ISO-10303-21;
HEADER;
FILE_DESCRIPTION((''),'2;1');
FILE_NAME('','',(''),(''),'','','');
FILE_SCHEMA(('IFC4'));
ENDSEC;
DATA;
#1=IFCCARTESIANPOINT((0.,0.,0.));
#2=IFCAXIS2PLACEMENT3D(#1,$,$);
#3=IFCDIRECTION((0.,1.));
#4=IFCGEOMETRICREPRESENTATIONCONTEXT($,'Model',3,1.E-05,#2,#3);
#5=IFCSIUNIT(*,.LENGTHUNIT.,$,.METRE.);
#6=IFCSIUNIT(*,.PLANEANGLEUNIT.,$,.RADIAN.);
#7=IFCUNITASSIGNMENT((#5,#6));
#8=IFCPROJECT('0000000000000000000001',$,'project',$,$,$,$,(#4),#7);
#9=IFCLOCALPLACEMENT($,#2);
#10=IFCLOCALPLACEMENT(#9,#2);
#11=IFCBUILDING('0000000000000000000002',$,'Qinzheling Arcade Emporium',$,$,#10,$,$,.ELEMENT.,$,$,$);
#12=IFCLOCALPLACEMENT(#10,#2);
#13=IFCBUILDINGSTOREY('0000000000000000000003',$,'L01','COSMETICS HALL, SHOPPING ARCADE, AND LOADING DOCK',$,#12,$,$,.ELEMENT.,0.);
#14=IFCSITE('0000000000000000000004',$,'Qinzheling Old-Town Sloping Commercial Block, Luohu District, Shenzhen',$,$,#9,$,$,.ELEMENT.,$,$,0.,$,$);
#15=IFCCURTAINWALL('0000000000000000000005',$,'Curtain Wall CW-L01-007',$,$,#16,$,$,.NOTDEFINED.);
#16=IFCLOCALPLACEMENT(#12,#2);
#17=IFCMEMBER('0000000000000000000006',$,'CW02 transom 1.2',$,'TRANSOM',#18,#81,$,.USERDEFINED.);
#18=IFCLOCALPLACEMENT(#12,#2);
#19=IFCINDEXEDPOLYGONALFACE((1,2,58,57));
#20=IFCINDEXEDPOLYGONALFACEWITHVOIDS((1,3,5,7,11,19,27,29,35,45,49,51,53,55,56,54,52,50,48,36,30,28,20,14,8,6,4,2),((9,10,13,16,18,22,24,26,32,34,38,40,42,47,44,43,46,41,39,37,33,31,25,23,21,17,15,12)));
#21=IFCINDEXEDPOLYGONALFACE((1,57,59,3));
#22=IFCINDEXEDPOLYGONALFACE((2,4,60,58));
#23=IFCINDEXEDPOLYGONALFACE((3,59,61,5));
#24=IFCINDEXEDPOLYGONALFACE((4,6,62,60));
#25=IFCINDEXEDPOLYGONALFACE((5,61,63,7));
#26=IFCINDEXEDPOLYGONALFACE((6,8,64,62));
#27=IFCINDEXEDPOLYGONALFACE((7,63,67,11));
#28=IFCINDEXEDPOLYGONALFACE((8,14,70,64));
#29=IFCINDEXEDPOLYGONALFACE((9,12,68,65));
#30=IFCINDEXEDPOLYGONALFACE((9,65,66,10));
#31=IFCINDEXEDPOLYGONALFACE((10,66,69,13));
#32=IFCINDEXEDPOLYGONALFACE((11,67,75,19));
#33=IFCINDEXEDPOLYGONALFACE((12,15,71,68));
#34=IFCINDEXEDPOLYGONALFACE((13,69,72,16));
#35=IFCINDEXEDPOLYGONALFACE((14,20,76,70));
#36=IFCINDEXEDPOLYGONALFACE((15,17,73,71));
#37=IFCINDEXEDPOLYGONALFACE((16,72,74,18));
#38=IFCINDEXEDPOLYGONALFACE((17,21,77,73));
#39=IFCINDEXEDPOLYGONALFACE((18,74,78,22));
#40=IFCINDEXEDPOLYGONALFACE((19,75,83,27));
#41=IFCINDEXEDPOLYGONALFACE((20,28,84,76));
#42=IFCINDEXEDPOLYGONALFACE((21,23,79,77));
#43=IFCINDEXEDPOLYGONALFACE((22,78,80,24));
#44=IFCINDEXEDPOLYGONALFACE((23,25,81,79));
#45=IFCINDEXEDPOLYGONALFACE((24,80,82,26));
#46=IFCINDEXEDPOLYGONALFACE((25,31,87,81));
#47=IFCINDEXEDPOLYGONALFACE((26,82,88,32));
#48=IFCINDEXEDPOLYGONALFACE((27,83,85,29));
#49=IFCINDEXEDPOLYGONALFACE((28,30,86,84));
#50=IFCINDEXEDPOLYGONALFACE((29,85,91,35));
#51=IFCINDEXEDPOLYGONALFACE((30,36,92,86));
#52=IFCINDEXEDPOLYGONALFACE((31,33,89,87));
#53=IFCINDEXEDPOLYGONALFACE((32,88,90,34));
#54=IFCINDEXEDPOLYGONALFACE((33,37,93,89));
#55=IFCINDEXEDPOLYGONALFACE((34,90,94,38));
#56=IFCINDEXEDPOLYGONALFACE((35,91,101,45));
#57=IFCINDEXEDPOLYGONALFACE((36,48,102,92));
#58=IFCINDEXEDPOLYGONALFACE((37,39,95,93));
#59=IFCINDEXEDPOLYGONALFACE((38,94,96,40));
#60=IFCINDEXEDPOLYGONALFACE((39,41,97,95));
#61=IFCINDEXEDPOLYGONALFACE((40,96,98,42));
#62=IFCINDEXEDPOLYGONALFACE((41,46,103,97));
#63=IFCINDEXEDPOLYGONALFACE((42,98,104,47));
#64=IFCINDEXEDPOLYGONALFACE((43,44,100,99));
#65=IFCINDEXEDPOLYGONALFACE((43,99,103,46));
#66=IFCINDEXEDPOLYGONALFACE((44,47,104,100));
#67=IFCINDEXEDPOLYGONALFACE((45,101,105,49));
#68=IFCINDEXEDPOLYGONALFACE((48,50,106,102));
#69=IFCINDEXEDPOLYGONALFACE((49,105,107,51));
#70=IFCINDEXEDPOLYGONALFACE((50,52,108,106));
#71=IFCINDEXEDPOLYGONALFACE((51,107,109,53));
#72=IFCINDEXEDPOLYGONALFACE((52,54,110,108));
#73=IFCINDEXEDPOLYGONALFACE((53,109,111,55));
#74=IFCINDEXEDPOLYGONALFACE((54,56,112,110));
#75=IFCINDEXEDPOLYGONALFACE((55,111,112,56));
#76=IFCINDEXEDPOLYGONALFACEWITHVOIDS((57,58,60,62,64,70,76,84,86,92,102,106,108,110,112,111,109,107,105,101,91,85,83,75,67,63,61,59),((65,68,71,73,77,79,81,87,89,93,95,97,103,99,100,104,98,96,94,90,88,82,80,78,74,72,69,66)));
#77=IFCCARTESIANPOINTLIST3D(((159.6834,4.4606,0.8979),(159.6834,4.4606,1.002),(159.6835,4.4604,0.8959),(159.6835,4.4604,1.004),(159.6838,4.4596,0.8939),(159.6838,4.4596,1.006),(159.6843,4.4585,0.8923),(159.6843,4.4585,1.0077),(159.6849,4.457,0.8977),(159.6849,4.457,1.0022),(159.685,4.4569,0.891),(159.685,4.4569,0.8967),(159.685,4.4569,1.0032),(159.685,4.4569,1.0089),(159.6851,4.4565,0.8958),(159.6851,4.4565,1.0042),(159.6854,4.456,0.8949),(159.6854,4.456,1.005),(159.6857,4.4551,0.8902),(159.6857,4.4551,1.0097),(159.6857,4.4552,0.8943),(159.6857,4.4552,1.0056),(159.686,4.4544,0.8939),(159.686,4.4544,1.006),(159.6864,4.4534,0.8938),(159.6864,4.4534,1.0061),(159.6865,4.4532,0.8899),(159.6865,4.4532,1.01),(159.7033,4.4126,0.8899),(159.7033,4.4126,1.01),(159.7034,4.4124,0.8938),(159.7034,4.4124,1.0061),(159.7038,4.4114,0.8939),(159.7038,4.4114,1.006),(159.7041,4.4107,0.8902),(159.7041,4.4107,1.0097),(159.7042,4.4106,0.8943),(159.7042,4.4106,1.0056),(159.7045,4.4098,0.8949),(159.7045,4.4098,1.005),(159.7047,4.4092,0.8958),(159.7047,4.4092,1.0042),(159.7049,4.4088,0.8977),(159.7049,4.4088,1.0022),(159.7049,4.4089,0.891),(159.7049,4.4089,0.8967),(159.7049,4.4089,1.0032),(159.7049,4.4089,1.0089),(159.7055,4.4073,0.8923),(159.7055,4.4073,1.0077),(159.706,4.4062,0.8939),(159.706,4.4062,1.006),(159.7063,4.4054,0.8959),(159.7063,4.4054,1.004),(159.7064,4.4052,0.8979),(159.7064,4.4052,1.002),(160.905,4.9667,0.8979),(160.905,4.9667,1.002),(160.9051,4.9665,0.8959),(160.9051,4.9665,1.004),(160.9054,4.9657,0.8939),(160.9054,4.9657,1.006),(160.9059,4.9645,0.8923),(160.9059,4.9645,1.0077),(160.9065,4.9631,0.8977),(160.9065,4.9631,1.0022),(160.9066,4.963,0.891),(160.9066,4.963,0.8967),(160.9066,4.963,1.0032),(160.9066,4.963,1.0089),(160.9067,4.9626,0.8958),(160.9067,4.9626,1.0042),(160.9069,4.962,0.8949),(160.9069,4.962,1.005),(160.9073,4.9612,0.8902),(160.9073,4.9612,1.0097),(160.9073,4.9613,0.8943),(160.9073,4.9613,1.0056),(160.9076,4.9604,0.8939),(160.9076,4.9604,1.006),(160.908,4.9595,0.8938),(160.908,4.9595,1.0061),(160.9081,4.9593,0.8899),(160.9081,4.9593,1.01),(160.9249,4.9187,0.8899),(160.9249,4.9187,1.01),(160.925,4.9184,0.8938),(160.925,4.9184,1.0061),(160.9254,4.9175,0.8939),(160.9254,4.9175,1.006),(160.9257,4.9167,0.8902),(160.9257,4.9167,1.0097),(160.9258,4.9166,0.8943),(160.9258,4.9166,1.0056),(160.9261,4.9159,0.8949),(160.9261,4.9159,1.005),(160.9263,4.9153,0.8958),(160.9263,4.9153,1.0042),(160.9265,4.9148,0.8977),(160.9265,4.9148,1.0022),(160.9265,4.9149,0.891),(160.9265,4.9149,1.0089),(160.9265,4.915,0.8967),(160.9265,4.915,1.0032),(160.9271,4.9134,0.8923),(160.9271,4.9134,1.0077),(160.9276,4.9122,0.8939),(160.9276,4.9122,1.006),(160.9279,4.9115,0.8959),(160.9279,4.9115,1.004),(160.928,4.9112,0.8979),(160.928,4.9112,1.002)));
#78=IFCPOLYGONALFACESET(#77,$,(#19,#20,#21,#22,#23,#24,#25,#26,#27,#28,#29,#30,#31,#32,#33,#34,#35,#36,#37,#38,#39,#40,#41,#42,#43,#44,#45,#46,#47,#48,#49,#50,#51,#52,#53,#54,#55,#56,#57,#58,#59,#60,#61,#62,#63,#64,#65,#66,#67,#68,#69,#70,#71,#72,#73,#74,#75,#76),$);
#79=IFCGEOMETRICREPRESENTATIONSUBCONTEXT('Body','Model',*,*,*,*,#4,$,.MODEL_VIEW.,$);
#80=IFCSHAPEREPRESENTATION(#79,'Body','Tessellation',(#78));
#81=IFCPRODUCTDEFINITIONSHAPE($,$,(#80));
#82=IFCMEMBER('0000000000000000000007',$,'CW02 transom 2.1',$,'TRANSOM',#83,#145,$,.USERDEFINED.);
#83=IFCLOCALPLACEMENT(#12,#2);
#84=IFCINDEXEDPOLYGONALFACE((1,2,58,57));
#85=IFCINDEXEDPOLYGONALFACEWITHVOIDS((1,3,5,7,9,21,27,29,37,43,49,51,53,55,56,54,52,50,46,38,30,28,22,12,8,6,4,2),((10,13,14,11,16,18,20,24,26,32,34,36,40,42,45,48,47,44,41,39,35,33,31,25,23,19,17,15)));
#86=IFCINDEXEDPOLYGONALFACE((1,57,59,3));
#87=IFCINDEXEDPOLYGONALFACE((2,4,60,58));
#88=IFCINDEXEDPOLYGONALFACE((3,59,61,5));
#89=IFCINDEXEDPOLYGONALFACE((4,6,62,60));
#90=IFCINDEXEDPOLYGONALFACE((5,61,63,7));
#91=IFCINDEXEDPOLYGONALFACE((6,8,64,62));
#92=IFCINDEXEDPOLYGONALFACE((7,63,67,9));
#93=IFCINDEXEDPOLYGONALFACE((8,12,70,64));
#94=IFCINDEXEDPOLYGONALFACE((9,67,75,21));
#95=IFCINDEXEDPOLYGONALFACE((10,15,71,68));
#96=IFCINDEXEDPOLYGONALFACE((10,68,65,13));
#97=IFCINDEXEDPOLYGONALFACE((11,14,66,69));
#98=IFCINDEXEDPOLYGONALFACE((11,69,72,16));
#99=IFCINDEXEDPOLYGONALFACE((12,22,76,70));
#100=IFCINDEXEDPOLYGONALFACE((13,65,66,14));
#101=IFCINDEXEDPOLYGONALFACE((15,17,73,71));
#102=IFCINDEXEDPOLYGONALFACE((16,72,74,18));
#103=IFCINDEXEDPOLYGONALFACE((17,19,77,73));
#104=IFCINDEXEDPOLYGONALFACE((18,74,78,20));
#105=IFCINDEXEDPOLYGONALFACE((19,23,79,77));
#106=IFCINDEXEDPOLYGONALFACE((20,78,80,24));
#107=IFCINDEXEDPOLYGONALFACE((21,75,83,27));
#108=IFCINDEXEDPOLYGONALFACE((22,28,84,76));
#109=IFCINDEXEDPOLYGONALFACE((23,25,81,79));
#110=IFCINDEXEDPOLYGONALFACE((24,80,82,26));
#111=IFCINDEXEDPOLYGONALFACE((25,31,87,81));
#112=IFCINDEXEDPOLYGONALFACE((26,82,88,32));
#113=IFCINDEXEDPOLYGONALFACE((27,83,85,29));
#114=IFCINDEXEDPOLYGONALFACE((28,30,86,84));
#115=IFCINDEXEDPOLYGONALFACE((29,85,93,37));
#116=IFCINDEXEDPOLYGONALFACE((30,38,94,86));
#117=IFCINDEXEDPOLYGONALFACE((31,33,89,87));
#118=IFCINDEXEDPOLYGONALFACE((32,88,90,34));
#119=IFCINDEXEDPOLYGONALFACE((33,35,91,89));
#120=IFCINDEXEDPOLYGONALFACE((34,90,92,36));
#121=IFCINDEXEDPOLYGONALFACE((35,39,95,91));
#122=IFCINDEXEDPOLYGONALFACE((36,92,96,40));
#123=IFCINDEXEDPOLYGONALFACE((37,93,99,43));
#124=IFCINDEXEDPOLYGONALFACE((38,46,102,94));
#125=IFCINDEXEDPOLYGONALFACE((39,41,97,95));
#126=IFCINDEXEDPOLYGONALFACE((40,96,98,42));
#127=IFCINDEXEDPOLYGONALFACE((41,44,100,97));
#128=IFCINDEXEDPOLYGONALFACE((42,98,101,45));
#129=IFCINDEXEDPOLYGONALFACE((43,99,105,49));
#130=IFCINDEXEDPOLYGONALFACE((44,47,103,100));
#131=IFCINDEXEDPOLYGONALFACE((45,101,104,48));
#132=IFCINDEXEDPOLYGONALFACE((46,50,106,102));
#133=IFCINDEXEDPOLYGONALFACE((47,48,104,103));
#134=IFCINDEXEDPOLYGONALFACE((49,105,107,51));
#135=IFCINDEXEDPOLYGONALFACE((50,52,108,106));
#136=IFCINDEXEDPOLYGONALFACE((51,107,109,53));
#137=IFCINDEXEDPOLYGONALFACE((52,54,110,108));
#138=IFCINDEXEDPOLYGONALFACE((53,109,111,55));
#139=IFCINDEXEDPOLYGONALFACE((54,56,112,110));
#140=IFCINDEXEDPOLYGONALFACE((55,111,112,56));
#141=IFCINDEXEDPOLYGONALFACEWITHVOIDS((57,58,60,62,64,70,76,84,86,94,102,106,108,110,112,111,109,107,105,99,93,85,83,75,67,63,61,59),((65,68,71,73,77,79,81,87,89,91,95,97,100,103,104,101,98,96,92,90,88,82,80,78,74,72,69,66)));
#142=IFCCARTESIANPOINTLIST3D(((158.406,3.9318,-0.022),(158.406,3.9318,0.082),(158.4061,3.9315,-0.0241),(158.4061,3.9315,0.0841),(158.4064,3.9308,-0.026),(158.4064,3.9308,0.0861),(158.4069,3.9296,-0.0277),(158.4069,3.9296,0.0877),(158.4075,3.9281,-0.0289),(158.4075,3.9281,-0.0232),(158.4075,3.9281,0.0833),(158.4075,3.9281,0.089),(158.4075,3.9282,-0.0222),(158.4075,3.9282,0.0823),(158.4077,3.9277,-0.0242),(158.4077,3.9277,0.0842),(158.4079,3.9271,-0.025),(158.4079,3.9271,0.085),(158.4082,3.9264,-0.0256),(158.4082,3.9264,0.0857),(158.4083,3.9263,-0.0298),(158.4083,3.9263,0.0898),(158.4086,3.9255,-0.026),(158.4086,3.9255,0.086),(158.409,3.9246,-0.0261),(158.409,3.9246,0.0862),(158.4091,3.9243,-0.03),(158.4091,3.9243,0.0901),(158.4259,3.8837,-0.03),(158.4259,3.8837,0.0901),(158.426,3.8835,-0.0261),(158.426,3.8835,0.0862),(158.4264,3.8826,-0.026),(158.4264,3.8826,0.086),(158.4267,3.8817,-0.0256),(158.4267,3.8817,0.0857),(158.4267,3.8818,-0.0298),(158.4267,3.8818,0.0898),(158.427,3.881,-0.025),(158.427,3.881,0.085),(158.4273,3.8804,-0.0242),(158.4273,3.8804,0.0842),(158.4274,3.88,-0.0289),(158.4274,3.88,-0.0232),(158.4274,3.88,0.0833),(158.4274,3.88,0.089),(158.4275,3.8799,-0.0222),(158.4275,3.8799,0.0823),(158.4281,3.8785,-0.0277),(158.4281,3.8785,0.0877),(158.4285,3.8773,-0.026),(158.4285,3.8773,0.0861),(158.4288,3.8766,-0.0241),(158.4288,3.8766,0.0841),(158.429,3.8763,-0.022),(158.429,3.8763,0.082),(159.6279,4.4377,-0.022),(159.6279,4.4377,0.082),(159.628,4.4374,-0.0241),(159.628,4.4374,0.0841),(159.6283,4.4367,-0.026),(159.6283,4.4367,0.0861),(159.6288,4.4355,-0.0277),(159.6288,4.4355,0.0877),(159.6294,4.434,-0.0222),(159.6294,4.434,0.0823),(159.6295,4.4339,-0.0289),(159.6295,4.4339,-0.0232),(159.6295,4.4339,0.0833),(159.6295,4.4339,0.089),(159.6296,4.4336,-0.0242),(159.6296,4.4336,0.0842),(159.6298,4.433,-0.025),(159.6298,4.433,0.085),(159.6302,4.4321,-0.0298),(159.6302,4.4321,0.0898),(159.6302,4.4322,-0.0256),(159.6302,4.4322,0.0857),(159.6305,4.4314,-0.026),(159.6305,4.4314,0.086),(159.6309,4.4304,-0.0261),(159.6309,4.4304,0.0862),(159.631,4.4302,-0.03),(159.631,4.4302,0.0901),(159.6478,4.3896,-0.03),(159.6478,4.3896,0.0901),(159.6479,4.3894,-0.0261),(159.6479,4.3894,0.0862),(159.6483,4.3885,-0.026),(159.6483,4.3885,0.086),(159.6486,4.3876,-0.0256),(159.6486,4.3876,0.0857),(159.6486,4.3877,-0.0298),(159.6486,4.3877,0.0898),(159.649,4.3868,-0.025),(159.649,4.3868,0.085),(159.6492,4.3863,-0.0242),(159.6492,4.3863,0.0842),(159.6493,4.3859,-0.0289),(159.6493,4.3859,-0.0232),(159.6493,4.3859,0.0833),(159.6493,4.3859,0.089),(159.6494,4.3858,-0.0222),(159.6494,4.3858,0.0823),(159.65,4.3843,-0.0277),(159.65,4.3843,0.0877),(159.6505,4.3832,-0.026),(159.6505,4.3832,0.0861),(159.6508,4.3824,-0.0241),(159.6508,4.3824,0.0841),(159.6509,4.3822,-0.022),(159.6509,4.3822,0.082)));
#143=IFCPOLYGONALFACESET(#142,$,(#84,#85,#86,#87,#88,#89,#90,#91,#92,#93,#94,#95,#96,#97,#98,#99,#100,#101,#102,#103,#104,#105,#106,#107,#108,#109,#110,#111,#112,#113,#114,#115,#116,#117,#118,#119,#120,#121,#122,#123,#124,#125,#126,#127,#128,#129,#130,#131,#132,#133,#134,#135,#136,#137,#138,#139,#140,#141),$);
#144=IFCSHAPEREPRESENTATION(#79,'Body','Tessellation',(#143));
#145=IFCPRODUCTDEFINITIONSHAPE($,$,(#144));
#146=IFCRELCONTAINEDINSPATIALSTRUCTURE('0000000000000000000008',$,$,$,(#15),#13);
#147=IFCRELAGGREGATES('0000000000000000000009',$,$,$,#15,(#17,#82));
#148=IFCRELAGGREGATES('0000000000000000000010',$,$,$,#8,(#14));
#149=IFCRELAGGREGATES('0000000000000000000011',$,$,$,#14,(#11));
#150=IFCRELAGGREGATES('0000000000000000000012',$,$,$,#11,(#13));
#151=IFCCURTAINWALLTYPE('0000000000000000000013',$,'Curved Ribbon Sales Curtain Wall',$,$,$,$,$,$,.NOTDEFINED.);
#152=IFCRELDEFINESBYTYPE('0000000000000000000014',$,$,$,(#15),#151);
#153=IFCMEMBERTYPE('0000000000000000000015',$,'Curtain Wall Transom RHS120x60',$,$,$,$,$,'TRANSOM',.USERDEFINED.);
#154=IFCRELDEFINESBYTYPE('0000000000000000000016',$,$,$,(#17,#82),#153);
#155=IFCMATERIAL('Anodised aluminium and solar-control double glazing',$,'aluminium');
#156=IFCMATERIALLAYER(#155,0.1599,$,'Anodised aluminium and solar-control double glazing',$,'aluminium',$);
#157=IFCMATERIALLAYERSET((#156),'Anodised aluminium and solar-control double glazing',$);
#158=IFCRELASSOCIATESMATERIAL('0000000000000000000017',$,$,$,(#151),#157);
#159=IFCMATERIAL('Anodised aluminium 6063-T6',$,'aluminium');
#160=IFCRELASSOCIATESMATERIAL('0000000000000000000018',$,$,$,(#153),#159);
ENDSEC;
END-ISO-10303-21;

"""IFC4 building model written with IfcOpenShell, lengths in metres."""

from ifc_helpers import new_model, si_unit, direction, frame, origin, origin_2d, place, context, subcontext, project, spatial, hollow_rectangle, extrude, material, layer, layer_set, material_profile, profile_set, type_object, element, aggregate, save


model = new_model("IFC4")

# Units and contexts
model_context = context("Model", 3, precision=1e-05, world=origin(), true_north=direction((0.0, 1.0)))
body_context = subcontext(model_context, "Body", "Model", "MODEL_VIEW")
ifc_project = project(units=[si_unit("LENGTHUNIT", "METRE"), si_unit("PLANEANGLEUNIT", "RADIAN")], contexts=[model_context])

# Site, building, storey
site_placement = place(None, origin())
site = spatial("IfcSite", under=ifc_project, at=site_placement, Name="Qinzheling Old-Town Sloping Commercial Block, Luohu District, Shenzhen", CompositionType="ELEMENT", RefElevation=0.0)
building_placement = place(site_placement, origin())
building = spatial("IfcBuilding", under=site, at=building_placement, Name="Qinzheling Arcade Emporium", CompositionType="ELEMENT")
storey_placement = place(building_placement, origin())
storey = spatial("IfcBuildingStorey", under=building, at=storey_placement, Name="L01", Description="COSMETICS HALL, SHOPPING ARCADE, AND LOADING DOCK", CompositionType="ELEMENT", Elevation=0.0)

# Curtain wall
ifc_material_1 = material(Name="Anodised aluminium and solar-control double glazing", Category="aluminium")
ifc_layer_1 = layer(ifc_material_1, 0.1599, Name="Anodised aluminium and solar-control double glazing", Category="aluminium")
ifc_layer_set_1 = layer_set([ifc_layer_1], Name="Anodised aluminium and solar-control double glazing")
curtain_wall_type = type_object("IfcCurtainWallType", Name="Curved Ribbon Sales Curtain Wall", PredefinedType="NOTDEFINED", material=ifc_layer_set_1)
curtain_wall_1_placement = place(storey_placement, origin())
curtain_wall_1 = element("IfcCurtainWall", 1, at=curtain_wall_1_placement, inside=storey, type_object=curtain_wall_type, Name="Curtain Wall CW-L01-007", PredefinedType="NOTDEFINED")
ifc_material_2 = material(Name="Anodised aluminium 6063-T6", Category="aluminium")

# Members
ifc_material_profile_1 = material_profile(ifc_material_2, hollow_rectangle(XDim=0.0601, YDim=0.1201, WallThickness=0.0039, InnerFilletRadius=0.0039, OuterFilletRadius=0.0081, at=origin_2d()), Name="RHS 120x60x4", Category="aluminium")
ifc_profile_set_1 = profile_set([ifc_material_profile_1], Name="Anodised aluminium 6063-T6")
member_type_1 = type_object("IfcMemberType", Name="Curtain Wall Transom RHS120x60", ElementType="TRANSOM", PredefinedType="USERDEFINED", material=ifc_profile_set_1)
member_1_placement = place(storey_placement, frame((160.9165, 4.939, 0.95), z_axis=(-0.923862, -0.382727, 0.0), x_axis=(0.382727, -0.923862, 0.0)))
member_1 = element("IfcMember", 2, at=member_1_placement, type_object=member_type_1, Name="CW02 transom 1.2", ObjectType="TRANSOM", PredefinedType="USERDEFINED", context=body_context, shape_type="SweptSolid", body=[
    extrude(hollow_rectangle(XDim=0.0601, YDim=0.1201, WallThickness=0.0039, InnerFilletRadius=0.0039, OuterFilletRadius=0.0081, at=origin_2d()), origin(), (0.0, 0.0, 1.0), 1.3223),
])
member_2_placement = place(storey_placement, frame((159.6394, 4.4099, 0.03), z_axis=(-0.923954, -0.382504, 0.0), x_axis=(0.382504, -0.923954, 0.0)))
member_2 = element("IfcMember", 3, at=member_2_placement, type_object=member_type_1, Name="CW02 transom 2.1", ObjectType="TRANSOM", PredefinedType="USERDEFINED", context=body_context, shape_type="SweptSolid", body=[
    extrude(hollow_rectangle(XDim=0.0601, YDim=0.1201, WallThickness=0.0039, InnerFilletRadius=0.0039, OuterFilletRadius=0.0081, at=origin_2d()), origin(), (0.0, 0.0, 1.0), 1.3225),
])

aggregate(curtain_wall_1, [member_1, member_2])

save(model, "model.ifc")
